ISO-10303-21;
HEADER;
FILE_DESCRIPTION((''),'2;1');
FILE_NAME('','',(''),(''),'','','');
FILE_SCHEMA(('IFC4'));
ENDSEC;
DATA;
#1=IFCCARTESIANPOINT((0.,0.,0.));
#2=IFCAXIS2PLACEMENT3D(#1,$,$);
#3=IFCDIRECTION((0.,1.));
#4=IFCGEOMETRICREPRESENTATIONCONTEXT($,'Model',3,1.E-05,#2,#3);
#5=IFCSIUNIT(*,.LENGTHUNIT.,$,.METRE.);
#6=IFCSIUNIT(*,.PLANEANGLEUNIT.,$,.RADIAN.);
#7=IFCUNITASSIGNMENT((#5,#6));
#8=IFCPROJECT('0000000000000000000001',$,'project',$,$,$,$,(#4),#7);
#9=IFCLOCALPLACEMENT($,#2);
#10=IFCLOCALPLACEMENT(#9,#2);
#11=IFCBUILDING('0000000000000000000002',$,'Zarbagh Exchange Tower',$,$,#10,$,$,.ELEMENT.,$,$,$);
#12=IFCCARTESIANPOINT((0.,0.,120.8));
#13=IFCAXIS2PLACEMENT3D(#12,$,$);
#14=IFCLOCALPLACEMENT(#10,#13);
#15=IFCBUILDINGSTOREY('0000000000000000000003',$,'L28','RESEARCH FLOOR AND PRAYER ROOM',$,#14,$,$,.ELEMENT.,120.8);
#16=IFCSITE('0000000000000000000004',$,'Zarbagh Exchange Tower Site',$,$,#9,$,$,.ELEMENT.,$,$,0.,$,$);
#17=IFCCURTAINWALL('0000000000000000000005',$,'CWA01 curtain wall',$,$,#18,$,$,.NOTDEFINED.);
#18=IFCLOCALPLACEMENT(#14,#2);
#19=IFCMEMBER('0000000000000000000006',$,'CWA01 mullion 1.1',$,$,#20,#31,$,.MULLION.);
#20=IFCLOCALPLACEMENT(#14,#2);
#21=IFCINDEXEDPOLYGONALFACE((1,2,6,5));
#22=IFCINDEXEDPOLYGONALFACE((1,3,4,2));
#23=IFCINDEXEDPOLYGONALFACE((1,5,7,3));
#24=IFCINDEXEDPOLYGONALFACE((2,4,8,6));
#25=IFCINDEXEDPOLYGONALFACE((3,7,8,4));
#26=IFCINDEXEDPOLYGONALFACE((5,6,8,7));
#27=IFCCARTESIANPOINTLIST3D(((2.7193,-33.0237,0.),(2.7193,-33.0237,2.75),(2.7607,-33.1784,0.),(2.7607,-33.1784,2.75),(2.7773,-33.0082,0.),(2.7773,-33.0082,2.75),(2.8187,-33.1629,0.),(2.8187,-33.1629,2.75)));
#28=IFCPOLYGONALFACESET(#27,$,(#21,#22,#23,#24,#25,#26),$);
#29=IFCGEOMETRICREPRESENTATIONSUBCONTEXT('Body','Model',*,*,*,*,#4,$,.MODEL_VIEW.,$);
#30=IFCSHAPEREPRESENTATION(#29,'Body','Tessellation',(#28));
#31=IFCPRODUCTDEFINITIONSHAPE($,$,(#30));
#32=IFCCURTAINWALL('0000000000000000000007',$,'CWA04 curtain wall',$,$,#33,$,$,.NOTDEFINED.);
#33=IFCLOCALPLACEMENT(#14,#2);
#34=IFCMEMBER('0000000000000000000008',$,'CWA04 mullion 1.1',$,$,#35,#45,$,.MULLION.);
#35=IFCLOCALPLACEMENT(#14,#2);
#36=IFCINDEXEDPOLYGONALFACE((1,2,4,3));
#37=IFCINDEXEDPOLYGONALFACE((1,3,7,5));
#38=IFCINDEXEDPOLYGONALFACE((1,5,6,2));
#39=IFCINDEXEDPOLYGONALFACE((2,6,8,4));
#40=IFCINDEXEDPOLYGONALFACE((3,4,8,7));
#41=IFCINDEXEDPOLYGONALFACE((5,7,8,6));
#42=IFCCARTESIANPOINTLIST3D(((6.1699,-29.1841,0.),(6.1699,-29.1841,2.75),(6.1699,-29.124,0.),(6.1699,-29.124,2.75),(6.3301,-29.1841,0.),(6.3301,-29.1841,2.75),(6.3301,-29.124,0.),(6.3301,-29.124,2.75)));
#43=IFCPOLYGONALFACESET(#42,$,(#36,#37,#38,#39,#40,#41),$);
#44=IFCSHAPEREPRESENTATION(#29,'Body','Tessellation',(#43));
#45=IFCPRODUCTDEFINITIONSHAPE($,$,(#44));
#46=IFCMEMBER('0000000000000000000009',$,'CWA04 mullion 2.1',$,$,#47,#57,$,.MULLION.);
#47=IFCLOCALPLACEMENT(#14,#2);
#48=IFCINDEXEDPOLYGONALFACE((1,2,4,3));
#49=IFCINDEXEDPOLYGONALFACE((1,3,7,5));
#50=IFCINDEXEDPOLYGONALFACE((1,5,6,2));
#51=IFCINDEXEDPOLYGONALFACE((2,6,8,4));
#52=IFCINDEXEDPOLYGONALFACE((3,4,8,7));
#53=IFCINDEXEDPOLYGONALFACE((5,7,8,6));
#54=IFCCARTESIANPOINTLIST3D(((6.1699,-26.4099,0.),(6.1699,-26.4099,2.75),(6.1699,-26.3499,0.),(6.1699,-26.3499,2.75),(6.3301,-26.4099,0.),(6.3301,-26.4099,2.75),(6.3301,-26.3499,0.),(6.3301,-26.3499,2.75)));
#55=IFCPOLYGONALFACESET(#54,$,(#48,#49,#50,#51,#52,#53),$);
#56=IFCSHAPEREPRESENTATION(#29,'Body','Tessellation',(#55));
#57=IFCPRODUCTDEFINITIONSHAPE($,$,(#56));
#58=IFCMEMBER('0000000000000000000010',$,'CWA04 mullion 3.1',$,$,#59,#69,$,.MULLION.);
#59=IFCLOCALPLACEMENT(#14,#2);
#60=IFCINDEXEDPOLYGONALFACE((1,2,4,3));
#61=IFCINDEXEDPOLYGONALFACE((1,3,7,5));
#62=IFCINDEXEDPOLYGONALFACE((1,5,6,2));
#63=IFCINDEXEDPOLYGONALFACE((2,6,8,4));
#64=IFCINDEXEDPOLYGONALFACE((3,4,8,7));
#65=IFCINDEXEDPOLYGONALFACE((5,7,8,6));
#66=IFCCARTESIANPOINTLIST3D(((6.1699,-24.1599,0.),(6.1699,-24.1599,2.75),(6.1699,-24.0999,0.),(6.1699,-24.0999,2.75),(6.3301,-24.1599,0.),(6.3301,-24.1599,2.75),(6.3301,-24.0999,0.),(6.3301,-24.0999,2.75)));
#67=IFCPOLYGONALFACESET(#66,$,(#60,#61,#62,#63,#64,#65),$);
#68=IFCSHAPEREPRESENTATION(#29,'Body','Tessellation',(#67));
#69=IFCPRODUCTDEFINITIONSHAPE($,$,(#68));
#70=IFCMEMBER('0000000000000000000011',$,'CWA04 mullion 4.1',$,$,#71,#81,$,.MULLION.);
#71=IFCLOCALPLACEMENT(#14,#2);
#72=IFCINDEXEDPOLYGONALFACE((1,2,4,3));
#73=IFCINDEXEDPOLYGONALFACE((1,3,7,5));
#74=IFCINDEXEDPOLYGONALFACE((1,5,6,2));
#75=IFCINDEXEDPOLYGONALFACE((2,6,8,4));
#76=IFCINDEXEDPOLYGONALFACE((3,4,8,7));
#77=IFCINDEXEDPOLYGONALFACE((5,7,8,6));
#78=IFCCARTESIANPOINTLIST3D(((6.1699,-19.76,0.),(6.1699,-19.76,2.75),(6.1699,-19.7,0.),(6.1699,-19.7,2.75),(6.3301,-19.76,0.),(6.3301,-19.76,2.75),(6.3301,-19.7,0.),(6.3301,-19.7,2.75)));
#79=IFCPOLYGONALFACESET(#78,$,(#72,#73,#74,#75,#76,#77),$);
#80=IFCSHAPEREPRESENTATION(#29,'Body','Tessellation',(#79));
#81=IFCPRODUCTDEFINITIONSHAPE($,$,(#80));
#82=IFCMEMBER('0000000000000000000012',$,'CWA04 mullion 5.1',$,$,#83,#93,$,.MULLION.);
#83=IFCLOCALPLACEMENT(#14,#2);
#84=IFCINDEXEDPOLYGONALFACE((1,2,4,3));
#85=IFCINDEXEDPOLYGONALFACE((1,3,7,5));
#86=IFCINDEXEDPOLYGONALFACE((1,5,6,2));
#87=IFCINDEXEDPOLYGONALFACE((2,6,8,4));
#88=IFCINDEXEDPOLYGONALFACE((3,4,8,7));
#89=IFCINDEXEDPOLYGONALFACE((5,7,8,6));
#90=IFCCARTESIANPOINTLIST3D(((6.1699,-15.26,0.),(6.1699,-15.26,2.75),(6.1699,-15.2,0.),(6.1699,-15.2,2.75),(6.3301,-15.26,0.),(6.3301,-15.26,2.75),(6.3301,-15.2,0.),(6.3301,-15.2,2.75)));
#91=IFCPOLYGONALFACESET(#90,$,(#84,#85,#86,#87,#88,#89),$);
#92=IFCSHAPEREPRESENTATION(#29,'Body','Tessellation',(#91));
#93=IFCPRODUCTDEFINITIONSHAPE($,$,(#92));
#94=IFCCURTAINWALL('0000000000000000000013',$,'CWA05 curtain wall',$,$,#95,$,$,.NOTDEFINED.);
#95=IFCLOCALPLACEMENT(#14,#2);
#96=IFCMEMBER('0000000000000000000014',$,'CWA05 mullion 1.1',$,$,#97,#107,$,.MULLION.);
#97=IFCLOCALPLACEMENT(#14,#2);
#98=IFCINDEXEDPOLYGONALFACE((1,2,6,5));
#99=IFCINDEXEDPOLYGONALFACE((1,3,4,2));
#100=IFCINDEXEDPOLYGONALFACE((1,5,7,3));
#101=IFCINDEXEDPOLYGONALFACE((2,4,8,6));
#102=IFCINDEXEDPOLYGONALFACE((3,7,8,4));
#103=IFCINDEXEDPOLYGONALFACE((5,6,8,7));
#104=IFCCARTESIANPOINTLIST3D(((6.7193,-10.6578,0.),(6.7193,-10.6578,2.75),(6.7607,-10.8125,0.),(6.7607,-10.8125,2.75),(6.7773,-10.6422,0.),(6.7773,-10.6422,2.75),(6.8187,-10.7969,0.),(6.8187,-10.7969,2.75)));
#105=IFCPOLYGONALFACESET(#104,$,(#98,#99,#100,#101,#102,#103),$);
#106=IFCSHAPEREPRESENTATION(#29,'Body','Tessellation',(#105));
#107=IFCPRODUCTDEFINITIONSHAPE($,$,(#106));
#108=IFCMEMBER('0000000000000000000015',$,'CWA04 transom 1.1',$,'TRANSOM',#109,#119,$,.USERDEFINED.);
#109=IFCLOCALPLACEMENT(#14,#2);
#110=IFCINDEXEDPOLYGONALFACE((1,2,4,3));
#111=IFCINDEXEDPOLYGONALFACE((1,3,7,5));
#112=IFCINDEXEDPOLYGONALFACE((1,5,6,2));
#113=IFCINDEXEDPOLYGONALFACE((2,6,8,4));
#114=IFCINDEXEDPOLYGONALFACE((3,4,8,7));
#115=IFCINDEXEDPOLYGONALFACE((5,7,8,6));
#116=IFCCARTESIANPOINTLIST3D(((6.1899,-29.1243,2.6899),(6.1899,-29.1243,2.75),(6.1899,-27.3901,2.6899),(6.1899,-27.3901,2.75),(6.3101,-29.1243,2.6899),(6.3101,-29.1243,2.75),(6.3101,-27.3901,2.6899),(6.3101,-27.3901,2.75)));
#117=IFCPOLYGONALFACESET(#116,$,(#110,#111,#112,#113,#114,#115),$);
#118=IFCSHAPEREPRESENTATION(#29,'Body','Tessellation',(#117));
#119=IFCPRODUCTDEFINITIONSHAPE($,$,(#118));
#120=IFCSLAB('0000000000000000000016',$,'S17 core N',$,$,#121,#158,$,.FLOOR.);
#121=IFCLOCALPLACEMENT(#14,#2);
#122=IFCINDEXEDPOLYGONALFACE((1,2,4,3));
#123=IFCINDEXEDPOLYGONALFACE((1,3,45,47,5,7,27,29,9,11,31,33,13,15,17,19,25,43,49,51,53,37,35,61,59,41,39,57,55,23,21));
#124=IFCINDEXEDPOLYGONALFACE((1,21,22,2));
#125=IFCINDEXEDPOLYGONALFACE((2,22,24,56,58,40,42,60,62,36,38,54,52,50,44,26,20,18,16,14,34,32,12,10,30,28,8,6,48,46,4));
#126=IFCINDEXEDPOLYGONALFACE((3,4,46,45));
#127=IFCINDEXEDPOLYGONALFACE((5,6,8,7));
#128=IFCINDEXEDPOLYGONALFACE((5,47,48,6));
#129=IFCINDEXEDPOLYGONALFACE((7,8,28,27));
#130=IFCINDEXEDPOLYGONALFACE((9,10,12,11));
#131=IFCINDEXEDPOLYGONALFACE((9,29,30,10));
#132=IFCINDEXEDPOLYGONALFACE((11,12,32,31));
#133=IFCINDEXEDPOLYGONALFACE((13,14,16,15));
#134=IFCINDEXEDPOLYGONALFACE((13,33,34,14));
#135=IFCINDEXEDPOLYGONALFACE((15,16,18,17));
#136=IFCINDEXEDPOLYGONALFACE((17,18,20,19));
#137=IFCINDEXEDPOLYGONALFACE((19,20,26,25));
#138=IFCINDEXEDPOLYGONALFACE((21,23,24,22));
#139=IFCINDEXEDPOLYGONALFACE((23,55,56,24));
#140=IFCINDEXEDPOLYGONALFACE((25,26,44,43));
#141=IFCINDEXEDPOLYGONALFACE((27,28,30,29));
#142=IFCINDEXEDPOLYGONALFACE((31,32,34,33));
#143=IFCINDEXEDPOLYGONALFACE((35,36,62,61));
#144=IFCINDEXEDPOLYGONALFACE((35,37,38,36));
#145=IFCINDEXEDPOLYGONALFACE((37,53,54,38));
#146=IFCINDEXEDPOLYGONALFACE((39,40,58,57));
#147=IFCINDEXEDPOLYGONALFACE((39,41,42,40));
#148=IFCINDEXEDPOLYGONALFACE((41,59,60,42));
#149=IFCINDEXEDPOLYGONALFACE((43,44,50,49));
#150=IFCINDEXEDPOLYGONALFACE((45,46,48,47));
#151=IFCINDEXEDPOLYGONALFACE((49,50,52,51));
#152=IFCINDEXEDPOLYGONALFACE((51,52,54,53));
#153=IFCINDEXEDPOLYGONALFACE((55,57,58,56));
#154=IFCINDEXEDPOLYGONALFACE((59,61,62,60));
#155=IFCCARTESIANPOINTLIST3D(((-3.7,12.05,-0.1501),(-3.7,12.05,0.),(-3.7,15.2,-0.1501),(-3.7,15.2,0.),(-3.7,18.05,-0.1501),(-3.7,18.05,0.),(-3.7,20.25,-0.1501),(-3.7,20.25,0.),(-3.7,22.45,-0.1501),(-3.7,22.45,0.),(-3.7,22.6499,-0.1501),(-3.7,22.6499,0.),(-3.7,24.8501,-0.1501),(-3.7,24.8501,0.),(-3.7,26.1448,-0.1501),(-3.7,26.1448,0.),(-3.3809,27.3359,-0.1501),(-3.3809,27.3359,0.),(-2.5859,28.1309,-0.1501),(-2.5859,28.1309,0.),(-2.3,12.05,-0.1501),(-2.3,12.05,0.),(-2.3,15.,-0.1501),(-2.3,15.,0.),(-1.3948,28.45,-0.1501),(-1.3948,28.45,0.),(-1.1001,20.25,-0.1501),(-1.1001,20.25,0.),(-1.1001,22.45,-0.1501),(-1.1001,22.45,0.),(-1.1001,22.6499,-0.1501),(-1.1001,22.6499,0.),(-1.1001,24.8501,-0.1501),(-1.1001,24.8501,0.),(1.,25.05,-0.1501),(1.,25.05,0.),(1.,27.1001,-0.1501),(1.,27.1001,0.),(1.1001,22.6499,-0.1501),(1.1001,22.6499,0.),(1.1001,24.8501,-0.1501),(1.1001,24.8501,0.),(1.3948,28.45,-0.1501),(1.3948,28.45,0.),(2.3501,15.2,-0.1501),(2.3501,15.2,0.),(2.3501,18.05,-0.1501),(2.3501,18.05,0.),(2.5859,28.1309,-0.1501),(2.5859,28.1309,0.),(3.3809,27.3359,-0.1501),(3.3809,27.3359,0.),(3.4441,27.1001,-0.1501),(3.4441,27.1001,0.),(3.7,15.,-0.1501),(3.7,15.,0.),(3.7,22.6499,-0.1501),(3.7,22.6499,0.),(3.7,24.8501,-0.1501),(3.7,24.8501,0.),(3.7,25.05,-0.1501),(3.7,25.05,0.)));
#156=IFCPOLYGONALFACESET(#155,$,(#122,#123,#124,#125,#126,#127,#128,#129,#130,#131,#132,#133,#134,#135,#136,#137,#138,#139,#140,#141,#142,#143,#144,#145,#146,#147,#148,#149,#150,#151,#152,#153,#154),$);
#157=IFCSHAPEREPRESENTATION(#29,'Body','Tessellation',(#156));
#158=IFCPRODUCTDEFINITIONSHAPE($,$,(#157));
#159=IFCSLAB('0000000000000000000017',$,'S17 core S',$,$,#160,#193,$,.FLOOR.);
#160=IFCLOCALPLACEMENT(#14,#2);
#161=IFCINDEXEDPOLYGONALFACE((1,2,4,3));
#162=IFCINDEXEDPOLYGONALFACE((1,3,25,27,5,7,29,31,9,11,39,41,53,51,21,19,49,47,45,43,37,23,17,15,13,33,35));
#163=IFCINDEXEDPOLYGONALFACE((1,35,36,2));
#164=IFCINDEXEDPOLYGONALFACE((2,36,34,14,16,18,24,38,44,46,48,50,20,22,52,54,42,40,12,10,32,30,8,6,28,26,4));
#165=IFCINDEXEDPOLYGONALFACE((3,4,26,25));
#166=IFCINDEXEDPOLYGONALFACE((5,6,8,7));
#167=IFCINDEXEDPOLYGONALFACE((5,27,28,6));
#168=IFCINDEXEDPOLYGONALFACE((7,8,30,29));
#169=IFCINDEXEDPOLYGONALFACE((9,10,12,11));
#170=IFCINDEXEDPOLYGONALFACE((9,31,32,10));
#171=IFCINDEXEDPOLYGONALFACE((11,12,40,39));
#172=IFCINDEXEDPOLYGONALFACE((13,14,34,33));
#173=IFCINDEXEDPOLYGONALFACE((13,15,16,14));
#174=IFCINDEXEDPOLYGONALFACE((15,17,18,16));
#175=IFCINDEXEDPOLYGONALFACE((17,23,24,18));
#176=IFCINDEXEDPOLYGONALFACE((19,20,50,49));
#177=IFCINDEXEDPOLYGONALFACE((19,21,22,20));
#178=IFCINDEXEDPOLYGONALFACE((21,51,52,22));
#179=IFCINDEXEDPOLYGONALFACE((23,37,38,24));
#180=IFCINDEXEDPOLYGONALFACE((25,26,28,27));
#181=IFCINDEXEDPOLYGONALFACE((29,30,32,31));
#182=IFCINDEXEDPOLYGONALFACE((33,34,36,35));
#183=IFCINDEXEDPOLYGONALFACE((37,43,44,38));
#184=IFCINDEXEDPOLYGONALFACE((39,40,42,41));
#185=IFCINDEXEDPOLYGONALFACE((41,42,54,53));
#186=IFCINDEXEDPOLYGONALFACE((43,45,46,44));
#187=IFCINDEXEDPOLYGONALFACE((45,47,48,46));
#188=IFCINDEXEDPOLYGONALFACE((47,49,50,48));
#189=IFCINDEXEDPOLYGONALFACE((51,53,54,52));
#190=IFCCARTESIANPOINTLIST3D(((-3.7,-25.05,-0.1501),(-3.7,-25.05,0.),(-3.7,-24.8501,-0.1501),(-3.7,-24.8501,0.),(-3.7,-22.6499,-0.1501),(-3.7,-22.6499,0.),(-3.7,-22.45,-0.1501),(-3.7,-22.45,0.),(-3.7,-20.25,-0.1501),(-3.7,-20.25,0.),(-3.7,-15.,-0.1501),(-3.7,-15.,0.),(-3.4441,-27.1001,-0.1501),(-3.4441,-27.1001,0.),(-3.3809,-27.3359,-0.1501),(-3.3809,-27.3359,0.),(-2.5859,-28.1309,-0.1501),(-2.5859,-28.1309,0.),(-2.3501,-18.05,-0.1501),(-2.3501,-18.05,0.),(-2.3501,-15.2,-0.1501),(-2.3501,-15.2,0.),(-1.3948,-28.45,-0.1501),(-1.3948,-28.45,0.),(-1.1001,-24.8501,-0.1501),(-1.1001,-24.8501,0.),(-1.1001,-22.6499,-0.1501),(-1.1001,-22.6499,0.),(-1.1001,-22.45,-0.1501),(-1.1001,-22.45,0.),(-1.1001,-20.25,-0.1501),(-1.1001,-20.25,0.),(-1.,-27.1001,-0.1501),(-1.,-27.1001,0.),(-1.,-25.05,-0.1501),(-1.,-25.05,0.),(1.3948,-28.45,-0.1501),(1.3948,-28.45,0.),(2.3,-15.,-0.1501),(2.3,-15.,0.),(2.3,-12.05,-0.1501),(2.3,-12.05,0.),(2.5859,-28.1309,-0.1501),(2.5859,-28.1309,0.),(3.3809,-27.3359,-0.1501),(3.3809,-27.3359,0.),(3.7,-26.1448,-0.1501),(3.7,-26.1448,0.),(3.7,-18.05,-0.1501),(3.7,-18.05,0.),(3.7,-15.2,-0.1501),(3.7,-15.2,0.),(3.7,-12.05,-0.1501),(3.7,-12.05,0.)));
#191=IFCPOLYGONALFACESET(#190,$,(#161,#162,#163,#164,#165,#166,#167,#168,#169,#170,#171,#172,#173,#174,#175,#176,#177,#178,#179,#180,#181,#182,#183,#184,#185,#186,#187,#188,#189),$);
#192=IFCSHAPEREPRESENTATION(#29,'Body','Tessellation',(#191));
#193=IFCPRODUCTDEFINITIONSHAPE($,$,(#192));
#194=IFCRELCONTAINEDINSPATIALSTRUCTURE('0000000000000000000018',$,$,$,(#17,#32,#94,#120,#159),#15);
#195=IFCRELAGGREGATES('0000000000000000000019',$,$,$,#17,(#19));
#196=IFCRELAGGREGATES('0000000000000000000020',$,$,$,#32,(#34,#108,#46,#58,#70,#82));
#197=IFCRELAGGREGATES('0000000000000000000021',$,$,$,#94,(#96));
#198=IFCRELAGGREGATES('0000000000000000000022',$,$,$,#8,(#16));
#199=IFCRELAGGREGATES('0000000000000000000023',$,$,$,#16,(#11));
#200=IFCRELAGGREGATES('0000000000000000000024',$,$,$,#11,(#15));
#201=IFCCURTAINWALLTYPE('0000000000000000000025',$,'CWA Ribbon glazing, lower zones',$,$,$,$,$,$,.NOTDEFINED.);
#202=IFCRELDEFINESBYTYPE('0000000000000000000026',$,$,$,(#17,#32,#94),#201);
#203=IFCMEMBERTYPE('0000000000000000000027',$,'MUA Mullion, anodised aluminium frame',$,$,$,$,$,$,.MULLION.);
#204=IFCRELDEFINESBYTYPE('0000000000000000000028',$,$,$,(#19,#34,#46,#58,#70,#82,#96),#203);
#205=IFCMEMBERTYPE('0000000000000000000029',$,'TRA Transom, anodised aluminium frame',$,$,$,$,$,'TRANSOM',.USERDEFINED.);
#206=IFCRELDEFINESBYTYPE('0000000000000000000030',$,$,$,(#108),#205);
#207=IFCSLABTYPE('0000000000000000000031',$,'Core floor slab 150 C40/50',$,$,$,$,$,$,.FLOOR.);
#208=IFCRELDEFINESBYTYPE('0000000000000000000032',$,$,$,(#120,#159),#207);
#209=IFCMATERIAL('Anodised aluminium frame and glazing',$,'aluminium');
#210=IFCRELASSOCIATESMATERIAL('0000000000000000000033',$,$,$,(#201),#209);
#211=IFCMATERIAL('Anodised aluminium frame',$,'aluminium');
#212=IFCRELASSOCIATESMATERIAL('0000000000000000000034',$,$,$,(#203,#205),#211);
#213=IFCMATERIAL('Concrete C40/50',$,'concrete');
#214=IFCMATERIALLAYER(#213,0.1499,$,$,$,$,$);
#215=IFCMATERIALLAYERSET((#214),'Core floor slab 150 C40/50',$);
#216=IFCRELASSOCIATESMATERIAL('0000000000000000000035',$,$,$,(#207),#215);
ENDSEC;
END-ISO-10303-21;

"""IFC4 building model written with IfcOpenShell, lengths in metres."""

from ifc_helpers import new_model, si_unit, direction, frame, origin, place, context, subcontext, project, spatial, polyline, outline, extrude, source, transform, mapped, material, layer, layer_set, type_object, element, aggregate, save


model = new_model("IFC4")

# Units and contexts
model_context = context("Model", 3, precision=1e-05, world=origin(), true_north=direction((0.0, 1.0)))
body_context = subcontext(model_context, "Body", "Model", "MODEL_VIEW")
ifc_project = project(units=[si_unit("LENGTHUNIT", "METRE"), si_unit("PLANEANGLEUNIT", "RADIAN")], contexts=[model_context])

# Site, building, storey
site_placement = place(None, origin())
site = spatial("IfcSite", under=ifc_project, at=site_placement, Name="Zarbagh Exchange Tower Site", CompositionType="ELEMENT", RefElevation=0.0)
building_placement = place(site_placement, origin())
building = spatial("IfcBuilding", under=site, at=building_placement, Name="Zarbagh Exchange Tower", CompositionType="ELEMENT")
storey_placement = place(building_placement, frame((0.0, 0.0, 120.8)))
storey = spatial("IfcBuildingStorey", under=building, at=storey_placement, Name="L28", Description="RESEARCH FLOOR AND PRAYER ROOM", CompositionType="ELEMENT", Elevation=120.8)

# Curtain wall, member
ifc_material_1 = material(Name="Anodised aluminium frame and glazing", Category="aluminium")
curtain_wall_type = type_object("IfcCurtainWallType", Name="CWA Ribbon glazing, lower zones", PredefinedType="NOTDEFINED", material=ifc_material_1)
curtain_wall_1_placement = place(storey_placement, origin())
curtain_wall_1 = element("IfcCurtainWall", 1, at=curtain_wall_1_placement, inside=storey, type_object=curtain_wall_type, Name="CWA01 curtain wall", PredefinedType="NOTDEFINED")
ifc_material_2 = material(Name="Anodised aluminium frame", Category="aluminium")
member_type_1 = type_object("IfcMemberType", Name="MUA Mullion, anodised aluminium frame", PredefinedType="MULLION", material=ifc_material_2)
shared_shape_1 = source(origin(), body_context, "Body", "SweptSolid", [
    extrude(outline(polyline([(0.0, -0.0801), (0.0601, -0.0801), (0.0601, 0.0801), (0.0, 0.0801), (0.0, -0.0801)])), origin(), (0.0, 0.0, 1.0), 2.75),
])
placement = place(storey_placement, origin())
member_1 = element("IfcMember", 2, at=placement, type_object=member_type_1, Name="CWA01 mullion 1.1", PredefinedType="MULLION", context=body_context, shape_type="MappedRepresentation", body=[
    mapped(shared_shape_1, transform((2.74, -33.1011, 0.0), x_axis=(0.965924, 0.258825, 0.0), y_axis=(-0.258825, 0.965924, 0.0), z_axis=(0.0, 0.0, 1.0))),
])

# Curtain wall, members
curtain_wall_2_placement = place(storey_placement, origin())
curtain_wall_2 = element("IfcCurtainWall", 3, at=curtain_wall_2_placement, inside=storey, type_object=curtain_wall_type, Name="CWA04 curtain wall", PredefinedType="NOTDEFINED")
member_2 = element("IfcMember", 4, at=placement, type_object=member_type_1, Name="CWA04 mullion 1.1", PredefinedType="MULLION", context=body_context, shape_type="MappedRepresentation", body=[
    mapped(shared_shape_1, transform((6.25, -29.1841, 0.0), x_axis=(0.0, 1.0, 0.0), y_axis=(-1.0, 0.0, 0.0), z_axis=(0.0, 0.0, 1.0))),
])
member_3 = element("IfcMember", 5, at=placement, type_object=member_type_1, Name="CWA04 mullion 2.1", PredefinedType="MULLION", context=body_context, shape_type="MappedRepresentation", body=[
    mapped(shared_shape_1, transform((6.25, -26.4099, 0.0), x_axis=(0.0, 1.0, 0.0), y_axis=(-1.0, 0.0, 0.0), z_axis=(0.0, 0.0, 1.0))),
])
member_4 = element("IfcMember", 6, at=placement, type_object=member_type_1, Name="CWA04 mullion 3.1", PredefinedType="MULLION", context=body_context, shape_type="MappedRepresentation", body=[
    mapped(shared_shape_1, transform((6.25, -24.1599, 0.0), x_axis=(0.0, 1.0, 0.0), y_axis=(-1.0, 0.0, 0.0), z_axis=(0.0, 0.0, 1.0))),
])
member_5 = element("IfcMember", 7, at=placement, type_object=member_type_1, Name="CWA04 mullion 4.1", PredefinedType="MULLION", context=body_context, shape_type="MappedRepresentation", body=[
    mapped(shared_shape_1, transform((6.25, -19.76, 0.0), x_axis=(0.0, 1.0, 0.0), y_axis=(-1.0, 0.0, 0.0), z_axis=(0.0, 0.0, 1.0))),
])
member_6 = element("IfcMember", 8, at=placement, type_object=member_type_1, Name="CWA04 mullion 5.1", PredefinedType="MULLION", context=body_context, shape_type="MappedRepresentation", body=[
    mapped(shared_shape_1, transform((6.25, -15.26, 0.0), x_axis=(0.0, 1.0, 0.0), y_axis=(-1.0, 0.0, 0.0), z_axis=(0.0, 0.0, 1.0))),
])

# Curtain wall, member
curtain_wall_3_placement = place(storey_placement, origin())
curtain_wall_3 = element("IfcCurtainWall", 9, at=curtain_wall_3_placement, inside=storey, type_object=curtain_wall_type, Name="CWA05 curtain wall", PredefinedType="NOTDEFINED")
member_7 = element("IfcMember", 10, at=placement, type_object=member_type_1, Name="CWA05 mullion 1.1", PredefinedType="MULLION", context=body_context, shape_type="MappedRepresentation", body=[
    mapped(shared_shape_1, transform((6.74, -10.7351, 0.0), x_axis=(0.965924, 0.258825, 0.0), y_axis=(-0.258825, 0.965924, 0.0), z_axis=(0.0, 0.0, 1.0))),
])

# Member
member_type_2 = type_object("IfcMemberType", Name="TRA Transom, anodised aluminium frame", ElementType="TRANSOM", PredefinedType="USERDEFINED", material=ifc_material_2)
shared_shape_2 = source(origin(), body_context, "Body", "SweptSolid", [
    extrude(outline(polyline([(-0.0601, -0.0601), (0.0, -0.0601), (0.0, 0.0601), (-0.0601, 0.0601), (-0.0601, -0.0601)])), origin(), (0.0, 0.0, 1.0), 1.7341),
])
member_8 = element("IfcMember", 11, at=placement, type_object=member_type_2, Name="CWA04 transom 1.1", ObjectType="TRANSOM", PredefinedType="USERDEFINED", context=body_context, shape_type="MappedRepresentation", body=[
    mapped(shared_shape_2, transform((6.25, -29.1243, 2.75), x_axis=(0.0, 0.0, 1.0), y_axis=(1.0, 0.0, 0.0), z_axis=(0.0, 1.0, 0.0))),
])

# Slabs
ifc_material_3 = material(Name="Concrete C40/50", Category="concrete")
ifc_layer_1 = layer(ifc_material_3, 0.1499)
ifc_layer_set_1 = layer_set([ifc_layer_1], Name="Core floor slab 150 C40/50")
slab_type = type_object("IfcSlabType", Name="Core floor slab 150 C40/50", PredefinedType="FLOOR", material=ifc_layer_set_1)
slab_1_placement = place(storey_placement, frame((0.0, 0.0, -0.1501)))
element("IfcSlab", 12, at=slab_1_placement, inside=storey, type_object=slab_type, Name="S17 core N", PredefinedType="FLOOR", context=body_context, shape_type="SweptSolid", body=[
    extrude(outline(polyline([(-3.7, 12.05), (-3.7, 15.2), (2.3501, 15.2), (2.3501, 18.05), (-3.7, 18.05), (-3.7, 20.25), (-1.1001, 20.25), (-1.1001, 22.45), (-3.7, 22.45), (-3.7, 22.6499), (-1.1001, 22.6499), (-1.1001, 24.8501), (-3.7, 24.8501), (-3.7, 26.1448), (-3.3809, 27.3359), (-2.5859, 28.1309), (-1.3948, 28.45), (1.3948, 28.45), (2.5859, 28.1309), (3.3809, 27.3359), (3.6465, 26.3447), (3.4441, 27.1001), (1.0, 27.1001), (1.0, 25.05), (3.7, 25.05), (3.7, 24.8501), (1.1001, 24.8501), (1.1001, 22.6499), (3.7, 22.6499), (3.7, 15.0), (-2.3, 15.0), (-2.3, 12.05), (-3.7, 12.05)])), origin(), (0.0, 0.0, 1.0), 0.1501),
])
slab_2_placement = place(storey_placement, frame((0.0, 0.0, -0.1501)))
element("IfcSlab", 13, at=slab_2_placement, inside=storey, type_object=slab_type, Name="S17 core S", PredefinedType="FLOOR", context=body_context, shape_type="SweptSolid", body=[
    extrude(outline(polyline([(-2.5859, -28.1309), (-3.3809, -27.3359), (-3.6465, -26.3447), (-3.4441, -27.1001), (-1.0, -27.1001), (-1.0, -25.05), (-3.7, -25.05), (-3.7, -24.8501), (-1.1001, -24.8501), (-1.1001, -22.6499), (-3.7, -22.6499), (-3.7, -22.45), (-1.1001, -22.45), (-1.1001, -20.25), (-3.7, -20.25), (-3.7, -15.0), (2.3, -15.0), (2.3, -12.05), (3.7, -12.05), (3.7, -15.2), (-2.3501, -15.2), (-2.3501, -18.05), (3.7, -18.05), (3.7, -26.1448), (3.3809, -27.3359), (2.5859, -28.1309), (1.3948, -28.45), (-1.3948, -28.45), (-2.5859, -28.1309)])), origin(), (0.0, 0.0, 1.0), 0.1501),
])

aggregate(curtain_wall_1, [member_1])

aggregate(curtain_wall_2, [member_2, member_8, member_3, member_4, member_5, member_6])
aggregate(curtain_wall_3, [member_7])

save(model, "model.ifc")
